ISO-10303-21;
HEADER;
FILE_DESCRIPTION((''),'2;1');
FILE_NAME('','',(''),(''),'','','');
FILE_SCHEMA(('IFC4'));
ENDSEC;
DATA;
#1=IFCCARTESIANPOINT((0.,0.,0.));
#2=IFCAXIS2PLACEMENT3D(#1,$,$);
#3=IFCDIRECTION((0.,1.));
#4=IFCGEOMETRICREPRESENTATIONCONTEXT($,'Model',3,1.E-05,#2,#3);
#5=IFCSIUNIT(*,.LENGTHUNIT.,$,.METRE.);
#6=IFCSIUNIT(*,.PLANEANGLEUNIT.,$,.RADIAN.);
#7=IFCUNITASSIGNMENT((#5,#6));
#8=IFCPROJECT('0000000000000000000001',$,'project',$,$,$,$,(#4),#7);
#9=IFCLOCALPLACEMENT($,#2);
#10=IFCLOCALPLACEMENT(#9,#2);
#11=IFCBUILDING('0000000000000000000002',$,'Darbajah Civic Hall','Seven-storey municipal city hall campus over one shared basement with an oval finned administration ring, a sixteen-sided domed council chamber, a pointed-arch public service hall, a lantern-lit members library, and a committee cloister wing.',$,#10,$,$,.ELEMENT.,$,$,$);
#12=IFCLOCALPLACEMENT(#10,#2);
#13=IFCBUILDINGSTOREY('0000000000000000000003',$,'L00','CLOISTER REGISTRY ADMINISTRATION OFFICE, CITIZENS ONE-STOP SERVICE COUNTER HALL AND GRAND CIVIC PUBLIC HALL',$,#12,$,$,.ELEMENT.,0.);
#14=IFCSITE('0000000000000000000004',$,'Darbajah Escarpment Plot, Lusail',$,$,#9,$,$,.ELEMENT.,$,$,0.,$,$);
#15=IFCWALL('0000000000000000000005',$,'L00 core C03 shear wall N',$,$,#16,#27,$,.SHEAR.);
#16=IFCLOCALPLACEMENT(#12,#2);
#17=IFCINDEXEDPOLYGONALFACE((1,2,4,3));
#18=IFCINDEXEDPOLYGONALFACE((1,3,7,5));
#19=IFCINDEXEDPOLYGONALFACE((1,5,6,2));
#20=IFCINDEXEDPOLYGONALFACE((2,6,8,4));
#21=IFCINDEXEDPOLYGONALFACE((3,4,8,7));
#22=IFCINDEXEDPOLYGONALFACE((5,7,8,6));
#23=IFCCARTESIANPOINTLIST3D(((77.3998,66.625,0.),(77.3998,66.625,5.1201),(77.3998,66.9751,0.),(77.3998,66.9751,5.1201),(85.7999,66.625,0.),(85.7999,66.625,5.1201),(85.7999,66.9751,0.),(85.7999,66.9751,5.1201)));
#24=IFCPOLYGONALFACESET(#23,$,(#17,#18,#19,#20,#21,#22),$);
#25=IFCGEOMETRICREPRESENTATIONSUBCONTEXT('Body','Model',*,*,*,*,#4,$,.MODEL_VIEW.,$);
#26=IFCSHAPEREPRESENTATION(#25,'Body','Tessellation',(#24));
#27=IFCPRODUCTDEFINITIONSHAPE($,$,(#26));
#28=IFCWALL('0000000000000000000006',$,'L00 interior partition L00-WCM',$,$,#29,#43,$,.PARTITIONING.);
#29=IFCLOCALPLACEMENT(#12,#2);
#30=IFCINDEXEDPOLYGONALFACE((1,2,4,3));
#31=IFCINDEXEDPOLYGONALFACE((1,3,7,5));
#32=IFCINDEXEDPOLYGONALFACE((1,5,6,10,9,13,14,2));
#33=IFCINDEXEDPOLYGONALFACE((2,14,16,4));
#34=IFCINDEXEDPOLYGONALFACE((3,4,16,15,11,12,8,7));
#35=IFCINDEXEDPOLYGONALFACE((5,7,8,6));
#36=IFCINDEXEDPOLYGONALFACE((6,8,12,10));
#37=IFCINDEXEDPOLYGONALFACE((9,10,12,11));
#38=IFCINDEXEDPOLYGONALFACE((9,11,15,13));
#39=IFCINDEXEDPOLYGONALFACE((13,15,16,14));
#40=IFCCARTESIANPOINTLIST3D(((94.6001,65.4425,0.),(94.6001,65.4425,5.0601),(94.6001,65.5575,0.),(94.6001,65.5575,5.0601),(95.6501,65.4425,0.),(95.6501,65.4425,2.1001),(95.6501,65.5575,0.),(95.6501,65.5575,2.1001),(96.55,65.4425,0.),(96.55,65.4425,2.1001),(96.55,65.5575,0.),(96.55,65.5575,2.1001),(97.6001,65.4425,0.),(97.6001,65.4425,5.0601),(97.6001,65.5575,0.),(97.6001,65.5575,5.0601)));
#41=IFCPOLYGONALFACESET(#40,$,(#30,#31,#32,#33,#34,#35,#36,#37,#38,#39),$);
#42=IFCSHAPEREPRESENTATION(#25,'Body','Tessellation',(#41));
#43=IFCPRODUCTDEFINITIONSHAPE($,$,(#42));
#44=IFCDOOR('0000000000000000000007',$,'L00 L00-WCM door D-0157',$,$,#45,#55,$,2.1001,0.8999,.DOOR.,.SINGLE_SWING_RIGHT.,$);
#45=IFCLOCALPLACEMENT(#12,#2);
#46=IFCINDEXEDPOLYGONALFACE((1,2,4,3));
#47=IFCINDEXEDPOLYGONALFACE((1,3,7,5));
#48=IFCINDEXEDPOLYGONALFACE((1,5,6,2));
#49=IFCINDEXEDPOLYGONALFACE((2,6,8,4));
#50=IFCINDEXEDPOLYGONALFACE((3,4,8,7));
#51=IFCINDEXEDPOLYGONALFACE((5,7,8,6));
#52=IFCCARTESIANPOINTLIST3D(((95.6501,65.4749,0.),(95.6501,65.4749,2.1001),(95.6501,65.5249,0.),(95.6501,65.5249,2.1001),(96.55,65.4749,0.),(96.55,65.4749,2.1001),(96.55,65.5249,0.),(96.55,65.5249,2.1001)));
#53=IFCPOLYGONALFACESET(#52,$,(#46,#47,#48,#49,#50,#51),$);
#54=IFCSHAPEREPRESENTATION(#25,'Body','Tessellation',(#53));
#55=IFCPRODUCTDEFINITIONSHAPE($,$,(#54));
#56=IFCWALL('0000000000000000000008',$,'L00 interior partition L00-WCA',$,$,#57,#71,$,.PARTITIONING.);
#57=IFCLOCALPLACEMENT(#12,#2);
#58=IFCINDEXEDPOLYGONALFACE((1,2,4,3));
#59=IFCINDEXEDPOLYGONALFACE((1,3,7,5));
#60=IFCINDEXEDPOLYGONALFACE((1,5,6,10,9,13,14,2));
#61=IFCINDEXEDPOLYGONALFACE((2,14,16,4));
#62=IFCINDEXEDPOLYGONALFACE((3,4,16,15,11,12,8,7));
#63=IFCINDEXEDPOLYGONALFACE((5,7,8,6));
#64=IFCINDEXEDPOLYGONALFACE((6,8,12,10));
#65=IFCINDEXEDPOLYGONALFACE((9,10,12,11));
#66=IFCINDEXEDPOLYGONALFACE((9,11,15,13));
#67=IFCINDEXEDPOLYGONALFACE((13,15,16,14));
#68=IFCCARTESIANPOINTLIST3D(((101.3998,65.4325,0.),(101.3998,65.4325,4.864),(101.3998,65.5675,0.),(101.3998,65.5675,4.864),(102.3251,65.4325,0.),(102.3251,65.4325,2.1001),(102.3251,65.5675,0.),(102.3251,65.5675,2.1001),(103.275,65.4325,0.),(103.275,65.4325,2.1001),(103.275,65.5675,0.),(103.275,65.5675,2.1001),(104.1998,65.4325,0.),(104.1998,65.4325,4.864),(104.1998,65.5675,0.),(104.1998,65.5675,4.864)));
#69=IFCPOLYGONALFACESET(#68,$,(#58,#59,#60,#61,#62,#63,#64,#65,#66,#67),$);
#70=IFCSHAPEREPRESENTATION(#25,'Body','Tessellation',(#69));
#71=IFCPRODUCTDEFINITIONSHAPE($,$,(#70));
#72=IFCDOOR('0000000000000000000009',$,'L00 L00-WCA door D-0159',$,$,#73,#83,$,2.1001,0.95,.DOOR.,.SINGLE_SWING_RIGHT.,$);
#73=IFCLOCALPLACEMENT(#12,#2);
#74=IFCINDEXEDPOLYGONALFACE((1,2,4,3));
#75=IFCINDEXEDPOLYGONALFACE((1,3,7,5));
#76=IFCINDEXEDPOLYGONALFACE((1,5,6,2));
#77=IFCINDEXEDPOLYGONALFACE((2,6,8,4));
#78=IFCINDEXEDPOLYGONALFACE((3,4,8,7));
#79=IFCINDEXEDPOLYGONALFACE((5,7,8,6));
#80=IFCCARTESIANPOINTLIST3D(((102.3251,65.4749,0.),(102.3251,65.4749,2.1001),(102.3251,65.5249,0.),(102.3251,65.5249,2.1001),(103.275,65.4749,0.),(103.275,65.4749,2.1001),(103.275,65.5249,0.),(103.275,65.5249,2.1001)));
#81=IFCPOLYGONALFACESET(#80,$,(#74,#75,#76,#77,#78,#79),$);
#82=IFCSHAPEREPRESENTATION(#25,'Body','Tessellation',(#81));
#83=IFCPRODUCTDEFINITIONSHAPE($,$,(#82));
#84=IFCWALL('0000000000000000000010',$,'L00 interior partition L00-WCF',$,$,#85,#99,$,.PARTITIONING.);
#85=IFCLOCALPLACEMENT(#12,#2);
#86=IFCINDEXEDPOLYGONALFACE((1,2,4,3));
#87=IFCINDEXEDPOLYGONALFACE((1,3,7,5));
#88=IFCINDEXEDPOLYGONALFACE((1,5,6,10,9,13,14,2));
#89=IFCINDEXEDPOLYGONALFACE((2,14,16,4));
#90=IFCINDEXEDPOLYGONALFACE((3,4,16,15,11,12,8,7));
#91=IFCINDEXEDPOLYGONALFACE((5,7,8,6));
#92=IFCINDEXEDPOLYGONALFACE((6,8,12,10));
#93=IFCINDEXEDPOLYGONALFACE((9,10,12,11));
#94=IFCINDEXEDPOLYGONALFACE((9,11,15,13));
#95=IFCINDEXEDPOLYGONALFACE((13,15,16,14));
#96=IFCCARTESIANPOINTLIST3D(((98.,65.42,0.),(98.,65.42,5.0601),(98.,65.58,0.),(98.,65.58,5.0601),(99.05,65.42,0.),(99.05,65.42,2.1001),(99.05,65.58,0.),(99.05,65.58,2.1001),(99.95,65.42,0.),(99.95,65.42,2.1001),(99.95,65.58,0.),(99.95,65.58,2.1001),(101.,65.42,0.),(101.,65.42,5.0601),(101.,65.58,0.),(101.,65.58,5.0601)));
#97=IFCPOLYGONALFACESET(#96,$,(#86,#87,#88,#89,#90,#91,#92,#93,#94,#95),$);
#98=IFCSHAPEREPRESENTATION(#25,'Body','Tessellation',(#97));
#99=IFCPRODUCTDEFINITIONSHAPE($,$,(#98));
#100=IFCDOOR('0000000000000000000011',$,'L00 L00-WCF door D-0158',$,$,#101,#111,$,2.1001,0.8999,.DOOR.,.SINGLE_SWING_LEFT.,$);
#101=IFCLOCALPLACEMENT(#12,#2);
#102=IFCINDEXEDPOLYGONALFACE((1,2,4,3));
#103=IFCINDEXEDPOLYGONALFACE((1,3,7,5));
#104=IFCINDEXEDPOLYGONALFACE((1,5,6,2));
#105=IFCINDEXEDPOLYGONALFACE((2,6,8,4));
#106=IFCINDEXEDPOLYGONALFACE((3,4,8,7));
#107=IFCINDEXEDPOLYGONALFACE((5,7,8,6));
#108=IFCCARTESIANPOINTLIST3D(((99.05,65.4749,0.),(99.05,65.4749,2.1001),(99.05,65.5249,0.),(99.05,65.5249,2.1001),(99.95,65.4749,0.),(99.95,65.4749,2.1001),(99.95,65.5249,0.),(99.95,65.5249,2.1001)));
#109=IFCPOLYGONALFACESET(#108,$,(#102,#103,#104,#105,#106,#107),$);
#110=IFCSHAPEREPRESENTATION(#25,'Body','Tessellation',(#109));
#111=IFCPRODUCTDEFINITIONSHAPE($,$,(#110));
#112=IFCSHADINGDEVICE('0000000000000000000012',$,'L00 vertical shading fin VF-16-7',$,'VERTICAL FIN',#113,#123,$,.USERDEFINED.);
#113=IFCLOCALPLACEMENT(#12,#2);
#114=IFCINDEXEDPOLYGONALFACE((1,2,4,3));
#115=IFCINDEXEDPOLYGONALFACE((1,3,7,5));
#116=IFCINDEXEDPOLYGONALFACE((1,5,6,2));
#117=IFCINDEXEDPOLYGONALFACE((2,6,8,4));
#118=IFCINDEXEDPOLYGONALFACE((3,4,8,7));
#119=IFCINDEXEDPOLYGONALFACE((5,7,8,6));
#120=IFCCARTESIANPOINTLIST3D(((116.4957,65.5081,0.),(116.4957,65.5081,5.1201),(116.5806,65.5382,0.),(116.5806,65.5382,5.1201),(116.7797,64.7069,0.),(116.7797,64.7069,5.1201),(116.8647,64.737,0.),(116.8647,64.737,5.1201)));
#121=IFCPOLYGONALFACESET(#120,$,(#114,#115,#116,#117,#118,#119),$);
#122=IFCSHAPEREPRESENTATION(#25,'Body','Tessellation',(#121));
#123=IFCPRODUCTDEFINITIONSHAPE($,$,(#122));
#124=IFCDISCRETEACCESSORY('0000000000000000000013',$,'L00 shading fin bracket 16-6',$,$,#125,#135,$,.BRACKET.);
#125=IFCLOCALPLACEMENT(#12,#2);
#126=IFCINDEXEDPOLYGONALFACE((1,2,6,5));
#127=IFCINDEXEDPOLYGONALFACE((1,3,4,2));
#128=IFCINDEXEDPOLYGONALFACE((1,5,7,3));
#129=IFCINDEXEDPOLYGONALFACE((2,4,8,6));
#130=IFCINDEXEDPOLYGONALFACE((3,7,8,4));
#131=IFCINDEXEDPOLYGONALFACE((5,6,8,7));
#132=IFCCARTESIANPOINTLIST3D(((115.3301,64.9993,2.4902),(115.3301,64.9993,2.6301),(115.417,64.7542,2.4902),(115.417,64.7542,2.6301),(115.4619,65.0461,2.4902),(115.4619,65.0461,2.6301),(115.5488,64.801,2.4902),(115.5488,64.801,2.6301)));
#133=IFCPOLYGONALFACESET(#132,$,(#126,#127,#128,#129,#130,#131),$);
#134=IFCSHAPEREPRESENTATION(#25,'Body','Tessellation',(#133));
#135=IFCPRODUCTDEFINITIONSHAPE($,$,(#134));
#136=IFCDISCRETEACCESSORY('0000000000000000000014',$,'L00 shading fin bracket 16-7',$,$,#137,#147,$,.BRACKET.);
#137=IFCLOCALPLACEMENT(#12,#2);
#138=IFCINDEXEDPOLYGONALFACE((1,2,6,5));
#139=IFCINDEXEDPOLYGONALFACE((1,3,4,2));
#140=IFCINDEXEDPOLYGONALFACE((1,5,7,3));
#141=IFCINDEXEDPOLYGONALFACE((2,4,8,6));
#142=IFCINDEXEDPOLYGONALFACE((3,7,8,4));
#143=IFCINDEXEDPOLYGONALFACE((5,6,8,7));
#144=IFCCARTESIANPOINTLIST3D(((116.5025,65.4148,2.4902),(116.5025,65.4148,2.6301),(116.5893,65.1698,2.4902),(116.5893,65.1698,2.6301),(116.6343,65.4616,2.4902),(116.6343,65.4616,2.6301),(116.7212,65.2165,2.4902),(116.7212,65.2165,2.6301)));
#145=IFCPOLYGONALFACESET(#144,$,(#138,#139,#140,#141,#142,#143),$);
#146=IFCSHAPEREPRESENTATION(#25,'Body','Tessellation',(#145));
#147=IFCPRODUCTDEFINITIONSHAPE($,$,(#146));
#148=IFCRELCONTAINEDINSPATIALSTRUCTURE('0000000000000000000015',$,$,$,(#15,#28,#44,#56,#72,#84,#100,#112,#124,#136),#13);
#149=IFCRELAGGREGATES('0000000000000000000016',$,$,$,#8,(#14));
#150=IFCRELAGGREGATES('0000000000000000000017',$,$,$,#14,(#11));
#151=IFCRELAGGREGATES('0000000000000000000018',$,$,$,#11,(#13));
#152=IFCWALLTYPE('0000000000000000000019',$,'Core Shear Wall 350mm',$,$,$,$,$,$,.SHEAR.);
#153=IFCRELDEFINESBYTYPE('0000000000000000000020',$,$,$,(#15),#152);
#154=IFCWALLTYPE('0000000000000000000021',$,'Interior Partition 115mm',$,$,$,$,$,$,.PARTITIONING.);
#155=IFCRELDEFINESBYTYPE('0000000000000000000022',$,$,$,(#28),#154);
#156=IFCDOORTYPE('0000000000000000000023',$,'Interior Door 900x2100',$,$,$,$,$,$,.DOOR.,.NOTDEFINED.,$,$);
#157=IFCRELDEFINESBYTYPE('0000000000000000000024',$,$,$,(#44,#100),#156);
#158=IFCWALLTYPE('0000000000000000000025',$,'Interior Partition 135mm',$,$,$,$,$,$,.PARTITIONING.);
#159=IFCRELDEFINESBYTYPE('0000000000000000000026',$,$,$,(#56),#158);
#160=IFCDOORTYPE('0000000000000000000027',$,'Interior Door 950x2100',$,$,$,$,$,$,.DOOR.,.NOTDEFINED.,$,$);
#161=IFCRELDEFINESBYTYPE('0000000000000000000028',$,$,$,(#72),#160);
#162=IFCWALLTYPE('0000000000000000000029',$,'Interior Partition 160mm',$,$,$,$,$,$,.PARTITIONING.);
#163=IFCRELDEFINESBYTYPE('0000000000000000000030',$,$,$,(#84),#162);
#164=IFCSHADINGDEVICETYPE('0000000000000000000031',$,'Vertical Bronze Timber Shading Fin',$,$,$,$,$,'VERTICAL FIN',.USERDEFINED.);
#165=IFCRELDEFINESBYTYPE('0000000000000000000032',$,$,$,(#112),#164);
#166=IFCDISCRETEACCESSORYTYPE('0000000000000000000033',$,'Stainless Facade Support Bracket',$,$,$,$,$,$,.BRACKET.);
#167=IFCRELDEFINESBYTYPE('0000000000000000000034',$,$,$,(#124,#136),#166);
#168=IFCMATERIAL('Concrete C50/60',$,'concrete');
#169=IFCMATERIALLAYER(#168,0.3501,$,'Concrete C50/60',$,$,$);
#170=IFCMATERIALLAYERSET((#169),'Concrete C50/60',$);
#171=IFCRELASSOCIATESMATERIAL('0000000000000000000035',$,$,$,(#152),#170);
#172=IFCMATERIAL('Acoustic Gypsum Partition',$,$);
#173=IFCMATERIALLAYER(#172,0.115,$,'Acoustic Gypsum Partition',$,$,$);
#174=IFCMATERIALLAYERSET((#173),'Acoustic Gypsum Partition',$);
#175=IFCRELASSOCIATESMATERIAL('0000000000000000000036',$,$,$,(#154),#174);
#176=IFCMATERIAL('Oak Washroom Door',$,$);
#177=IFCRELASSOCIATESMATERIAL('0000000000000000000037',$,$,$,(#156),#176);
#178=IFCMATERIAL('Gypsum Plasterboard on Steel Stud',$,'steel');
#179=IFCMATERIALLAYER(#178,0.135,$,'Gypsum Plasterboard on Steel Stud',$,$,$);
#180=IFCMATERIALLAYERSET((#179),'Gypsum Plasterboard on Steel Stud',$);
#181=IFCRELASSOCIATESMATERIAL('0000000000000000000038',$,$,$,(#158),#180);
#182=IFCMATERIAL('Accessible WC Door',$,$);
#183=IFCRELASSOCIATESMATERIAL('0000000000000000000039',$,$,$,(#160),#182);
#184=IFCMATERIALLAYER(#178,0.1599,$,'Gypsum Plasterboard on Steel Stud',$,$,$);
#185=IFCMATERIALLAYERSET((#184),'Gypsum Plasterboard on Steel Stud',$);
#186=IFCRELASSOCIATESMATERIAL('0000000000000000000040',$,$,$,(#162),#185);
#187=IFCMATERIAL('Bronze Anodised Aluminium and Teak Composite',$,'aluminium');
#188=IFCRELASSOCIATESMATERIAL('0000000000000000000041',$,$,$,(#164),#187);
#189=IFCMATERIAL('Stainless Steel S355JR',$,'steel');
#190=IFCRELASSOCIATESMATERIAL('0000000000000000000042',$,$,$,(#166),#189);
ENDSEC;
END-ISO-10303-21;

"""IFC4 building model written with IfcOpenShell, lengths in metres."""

from ifc_helpers import new_model, si_unit, direction, frame, frame_2d, origin, origin_2d, place, context, subcontext, project, spatial, rectangle, extrude, material, layer, layer_set, type_object, element, fill, save


model = new_model("IFC4")

# Units and contexts
model_context = context("Model", 3, precision=1e-05, world=origin(), true_north=direction((0.0, 1.0)))
body_context = subcontext(model_context, "Body", "Model", "MODEL_VIEW")
ifc_project = project(units=[si_unit("LENGTHUNIT", "METRE"), si_unit("PLANEANGLEUNIT", "RADIAN")], contexts=[model_context])

# Site, building, storey
site_placement = place(None, origin())
site = spatial("IfcSite", under=ifc_project, at=site_placement, Name="Darbajah Escarpment Plot, Lusail", CompositionType="ELEMENT", RefElevation=0.0)
building_placement = place(site_placement, origin())
building = spatial("IfcBuilding", under=site, at=building_placement, Name="Darbajah Civic Hall", Description="Seven-storey municipal city hall campus over one shared basement with an oval finned administration ring, a sixteen-sided domed council chamber, a pointed-arch public service hall, a lantern-lit members library, and a committee cloister wing.", CompositionType="ELEMENT")
storey_placement = place(building_placement, origin())
storey = spatial("IfcBuildingStorey", under=building, at=storey_placement, Name="L00", Description="CLOISTER REGISTRY ADMINISTRATION OFFICE, CITIZENS ONE-STOP SERVICE COUNTER HALL AND GRAND CIVIC PUBLIC HALL", CompositionType="ELEMENT", Elevation=0.0)

# Wall
ifc_material_1 = material(Name="Concrete C50/60", Category="concrete")
ifc_layer_1 = layer(ifc_material_1, 0.3501, Name="Concrete C50/60")
ifc_layer_set_1 = layer_set([ifc_layer_1], Name="Concrete C50/60")
wall_type_1 = type_object("IfcWallType", Name="Core Shear Wall 350mm", PredefinedType="SHEAR", material=ifc_layer_set_1)
wall_1_placement = place(storey_placement, frame((85.8, 66.8, 0.0), z_axis=(0.0, 0.0, 1.0), x_axis=(-1.0, 0.0, 0.0)))
element("IfcWall", 1, at=wall_1_placement, inside=storey, type_object=wall_type_1, Name="L00 core C03 shear wall N", PredefinedType="SHEAR", context=body_context, shape_type="SweptSolid", body=[
    extrude(rectangle(XDim=8.4001, YDim=0.3501, at=frame_2d((4.2002, 0.0))), origin(), (0.0, 0.0, 1.0), 5.1201),
])

# Walls, openings, doors
ifc_material_2 = material(Name="Acoustic Gypsum Partition")
ifc_layer_2 = layer(ifc_material_2, 0.115, Name="Acoustic Gypsum Partition")
ifc_layer_set_2 = layer_set([ifc_layer_2], Name="Acoustic Gypsum Partition")
wall_type_2 = type_object("IfcWallType", Name="Interior Partition 115mm", PredefinedType="PARTITIONING", material=ifc_layer_set_2)
wall_2_placement = place(storey_placement, frame((94.6001, 65.5, 0.0), z_axis=(0.0, 0.0, 1.0), x_axis=(1.0, 0.0, 0.0)))
wall_2 = element("IfcWall", 2, at=wall_2_placement, inside=storey, type_object=wall_type_2, Name="L00 interior partition L00-WCM", PredefinedType="PARTITIONING", context=body_context, shape_type="SweptSolid", body=[
    extrude(rectangle(XDim=3.0, YDim=0.115, at=frame_2d((1.5, 0.0))), origin(), (0.0, 0.0, 1.0), 5.0601),
])
opening_1_placement = place(wall_2_placement, frame((1.05, 0.0, 0.0)))
opening_1 = element("IfcOpeningElement", 3, at=opening_1_placement, cuts=wall_2, PredefinedType="OPENING", context=body_context, shape_type="SweptSolid", body=[
    extrude(rectangle(XDim=0.8999, YDim=2.1001, at=frame_2d((0.45, 1.05))), frame((0.0, 0.0674, 0.0), z_axis=(0.0, -1.0, 0.0), x_axis=(1.0, 0.0, 0.0)), (0.0, 0.0, 1.0), 0.135),
])
ifc_material_3 = material(Name="Oak Washroom Door")
door_type_1 = type_object("IfcDoorType", Name="Interior Door 900x2100", OperationType="NOTDEFINED", PredefinedType="DOOR", material=ifc_material_3)
door_1_placement = place(opening_1_placement, origin())
door_1 = element("IfcDoor", 4, at=door_1_placement, inside=storey, type_object=door_type_1, Name="L00 L00-WCM door D-0157", OperationType="SINGLE_SWING_RIGHT", OverallHeight=2.1001, OverallWidth=0.8999, PredefinedType="DOOR", context=body_context, shape_type="SweptSolid", body=[
    extrude(rectangle(XDim=0.8999, YDim=2.1001, at=frame_2d((0.45, 1.05))), frame((0.0, 0.0249, 0.0), z_axis=(0.0, -1.0, 0.0), x_axis=(1.0, 0.0, 0.0)), (0.0, 0.0, 1.0), 0.05),
])
fill(opening_1, door_1)
ifc_material_4 = material(Name="Gypsum Plasterboard on Steel Stud", Category="steel")
ifc_layer_3 = layer(ifc_material_4, 0.135, Name="Gypsum Plasterboard on Steel Stud")
ifc_layer_set_3 = layer_set([ifc_layer_3], Name="Gypsum Plasterboard on Steel Stud")
wall_type_3 = type_object("IfcWallType", Name="Interior Partition 135mm", PredefinedType="PARTITIONING", material=ifc_layer_set_3)
wall_3_placement = place(storey_placement, frame((101.3999, 65.5, 0.0), z_axis=(0.0, 0.0, 1.0), x_axis=(1.0, 0.0, 0.0)))
wall_3 = element("IfcWall", 5, at=wall_3_placement, inside=storey, type_object=wall_type_3, Name="L00 interior partition L00-WCA", PredefinedType="PARTITIONING", context=body_context, shape_type="SweptSolid", body=[
    extrude(rectangle(XDim=2.8, YDim=0.135, at=frame_2d((1.3999, 0.0))), origin(), (0.0, 0.0, 1.0), 4.864),
])
opening_2_placement = place(wall_3_placement, frame((0.925, 0.0, 0.0)))
opening_2 = element("IfcOpeningElement", 6, at=opening_2_placement, cuts=wall_3, PredefinedType="OPENING", context=body_context, shape_type="SweptSolid", body=[
    extrude(rectangle(XDim=0.95, YDim=2.1001, at=frame_2d((0.4751, 1.05))), frame((0.0, 0.0774, 0.0), z_axis=(0.0, -1.0, 0.0), x_axis=(1.0, 0.0, 0.0)), (0.0, 0.0, 1.0), 0.155),
])
ifc_material_5 = material(Name="Accessible WC Door")
door_type_2 = type_object("IfcDoorType", Name="Interior Door 950x2100", OperationType="NOTDEFINED", PredefinedType="DOOR", material=ifc_material_5)
door_2_placement = place(opening_2_placement, origin())
door_2 = element("IfcDoor", 7, at=door_2_placement, inside=storey, type_object=door_type_2, Name="L00 L00-WCA door D-0159", OperationType="SINGLE_SWING_RIGHT", OverallHeight=2.1001, OverallWidth=0.95, PredefinedType="DOOR", context=body_context, shape_type="SweptSolid", body=[
    extrude(rectangle(XDim=0.95, YDim=2.1001, at=frame_2d((0.4751, 1.05))), frame((0.0, 0.0249, 0.0), z_axis=(0.0, -1.0, 0.0), x_axis=(1.0, 0.0, 0.0)), (0.0, 0.0, 1.0), 0.05),
])
fill(opening_2, door_2)
ifc_layer_4 = layer(ifc_material_4, 0.1599, Name="Gypsum Plasterboard on Steel Stud")
ifc_layer_set_4 = layer_set([ifc_layer_4], Name="Gypsum Plasterboard on Steel Stud")
wall_type_4 = type_object("IfcWallType", Name="Interior Partition 160mm", PredefinedType="PARTITIONING", material=ifc_layer_set_4)
wall_4_placement = place(storey_placement, frame((98.0, 65.5, 0.0), z_axis=(0.0, 0.0, 1.0), x_axis=(1.0, 0.0, 0.0)))
wall_4 = element("IfcWall", 8, at=wall_4_placement, inside=storey, type_object=wall_type_4, Name="L00 interior partition L00-WCF", PredefinedType="PARTITIONING", context=body_context, shape_type="SweptSolid", body=[
    extrude(rectangle(XDim=3.0, YDim=0.1599, at=frame_2d((1.5, 0.0))), origin(), (0.0, 0.0, 1.0), 5.0601),
])
opening_3_placement = place(wall_4_placement, frame((1.05, 0.0, 0.0)))
opening_3 = element("IfcOpeningElement", 9, at=opening_3_placement, cuts=wall_4, PredefinedType="OPENING", context=body_context, shape_type="SweptSolid", body=[
    extrude(rectangle(XDim=0.8999, YDim=2.1001, at=frame_2d((0.45, 1.05))), frame((0.0, 0.0898, 0.0), z_axis=(0.0, -1.0, 0.0), x_axis=(1.0, 0.0, 0.0)), (0.0, 0.0, 1.0), 0.1799),
])
door_3_placement = place(opening_3_placement, origin())
door_3 = element("IfcDoor", 10, at=door_3_placement, inside=storey, type_object=door_type_1, Name="L00 L00-WCF door D-0158", OperationType="SINGLE_SWING_LEFT", OverallHeight=2.1001, OverallWidth=0.8999, PredefinedType="DOOR", context=body_context, shape_type="SweptSolid", body=[
    extrude(rectangle(XDim=0.8999, YDim=2.1001, at=frame_2d((0.45, 1.05))), frame((0.0, 0.0249, 0.0), z_axis=(0.0, -1.0, 0.0), x_axis=(1.0, 0.0, 0.0)), (0.0, 0.0, 1.0), 0.05),
])
fill(opening_3, door_3)

# Shading device
ifc_material_6 = material(Name="Bronze Anodised Aluminium and Teak Composite", Category="aluminium")
shading_device_type = type_object("IfcShadingDeviceType", Name="Vertical Bronze Timber Shading Fin", ElementType="VERTICAL FIN", PredefinedType="USERDEFINED", material=ifc_material_6)
shading_device_placement = place(storey_placement, frame((116.6802, 65.1226, 0.0), z_axis=(0.0, 0.0, 1.0), x_axis=(0.334136, -0.942525, 0.0)))
element("IfcShadingDevice", 11, at=shading_device_placement, inside=storey, type_object=shading_device_type, Name="L00 vertical shading fin VF-16-7", ObjectType="VERTICAL FIN", PredefinedType="USERDEFINED", context=body_context, shape_type="SweptSolid", body=[
    extrude(rectangle(XDim=0.8501, YDim=0.0901, at=origin_2d()), origin(), (0.0, 0.0, 1.0), 5.1201),
])

# Discrete accessories
ifc_material_7 = material(Name="Stainless Steel S355JR", Category="steel")
discrete_accessory_type = type_object("IfcDiscreteAccessoryType", Name="Stainless Facade Support Bracket", PredefinedType="BRACKET", material=ifc_material_7)
for number, where, z_axis, x_axis, name in (
    (12, (115.4395, 64.9001, 2.4902), (0.0, 0.0, 1.0), (0.334136, -0.942525, 0.0), "L00 shading fin bracket 16-6"),
    (13, (116.6118, 65.3157, 2.4902), (0.0, 0.0, 1.0), (0.334136, -0.942525, 0.0), "L00 shading fin bracket 16-7"),
):
    element("IfcDiscreteAccessory", number, at=place(storey_placement, frame(where, z_axis=z_axis, x_axis=x_axis)), inside=storey, type_object=discrete_accessory_type, Name=name, PredefinedType="BRACKET", context=body_context, shape_type="SweptSolid", body=[
        extrude(rectangle(XDim=0.26, YDim=0.1399, at=origin_2d()), origin(), (0.0, 0.0, 1.0), 0.1399),
    ])

save(model, "model.ifc")
